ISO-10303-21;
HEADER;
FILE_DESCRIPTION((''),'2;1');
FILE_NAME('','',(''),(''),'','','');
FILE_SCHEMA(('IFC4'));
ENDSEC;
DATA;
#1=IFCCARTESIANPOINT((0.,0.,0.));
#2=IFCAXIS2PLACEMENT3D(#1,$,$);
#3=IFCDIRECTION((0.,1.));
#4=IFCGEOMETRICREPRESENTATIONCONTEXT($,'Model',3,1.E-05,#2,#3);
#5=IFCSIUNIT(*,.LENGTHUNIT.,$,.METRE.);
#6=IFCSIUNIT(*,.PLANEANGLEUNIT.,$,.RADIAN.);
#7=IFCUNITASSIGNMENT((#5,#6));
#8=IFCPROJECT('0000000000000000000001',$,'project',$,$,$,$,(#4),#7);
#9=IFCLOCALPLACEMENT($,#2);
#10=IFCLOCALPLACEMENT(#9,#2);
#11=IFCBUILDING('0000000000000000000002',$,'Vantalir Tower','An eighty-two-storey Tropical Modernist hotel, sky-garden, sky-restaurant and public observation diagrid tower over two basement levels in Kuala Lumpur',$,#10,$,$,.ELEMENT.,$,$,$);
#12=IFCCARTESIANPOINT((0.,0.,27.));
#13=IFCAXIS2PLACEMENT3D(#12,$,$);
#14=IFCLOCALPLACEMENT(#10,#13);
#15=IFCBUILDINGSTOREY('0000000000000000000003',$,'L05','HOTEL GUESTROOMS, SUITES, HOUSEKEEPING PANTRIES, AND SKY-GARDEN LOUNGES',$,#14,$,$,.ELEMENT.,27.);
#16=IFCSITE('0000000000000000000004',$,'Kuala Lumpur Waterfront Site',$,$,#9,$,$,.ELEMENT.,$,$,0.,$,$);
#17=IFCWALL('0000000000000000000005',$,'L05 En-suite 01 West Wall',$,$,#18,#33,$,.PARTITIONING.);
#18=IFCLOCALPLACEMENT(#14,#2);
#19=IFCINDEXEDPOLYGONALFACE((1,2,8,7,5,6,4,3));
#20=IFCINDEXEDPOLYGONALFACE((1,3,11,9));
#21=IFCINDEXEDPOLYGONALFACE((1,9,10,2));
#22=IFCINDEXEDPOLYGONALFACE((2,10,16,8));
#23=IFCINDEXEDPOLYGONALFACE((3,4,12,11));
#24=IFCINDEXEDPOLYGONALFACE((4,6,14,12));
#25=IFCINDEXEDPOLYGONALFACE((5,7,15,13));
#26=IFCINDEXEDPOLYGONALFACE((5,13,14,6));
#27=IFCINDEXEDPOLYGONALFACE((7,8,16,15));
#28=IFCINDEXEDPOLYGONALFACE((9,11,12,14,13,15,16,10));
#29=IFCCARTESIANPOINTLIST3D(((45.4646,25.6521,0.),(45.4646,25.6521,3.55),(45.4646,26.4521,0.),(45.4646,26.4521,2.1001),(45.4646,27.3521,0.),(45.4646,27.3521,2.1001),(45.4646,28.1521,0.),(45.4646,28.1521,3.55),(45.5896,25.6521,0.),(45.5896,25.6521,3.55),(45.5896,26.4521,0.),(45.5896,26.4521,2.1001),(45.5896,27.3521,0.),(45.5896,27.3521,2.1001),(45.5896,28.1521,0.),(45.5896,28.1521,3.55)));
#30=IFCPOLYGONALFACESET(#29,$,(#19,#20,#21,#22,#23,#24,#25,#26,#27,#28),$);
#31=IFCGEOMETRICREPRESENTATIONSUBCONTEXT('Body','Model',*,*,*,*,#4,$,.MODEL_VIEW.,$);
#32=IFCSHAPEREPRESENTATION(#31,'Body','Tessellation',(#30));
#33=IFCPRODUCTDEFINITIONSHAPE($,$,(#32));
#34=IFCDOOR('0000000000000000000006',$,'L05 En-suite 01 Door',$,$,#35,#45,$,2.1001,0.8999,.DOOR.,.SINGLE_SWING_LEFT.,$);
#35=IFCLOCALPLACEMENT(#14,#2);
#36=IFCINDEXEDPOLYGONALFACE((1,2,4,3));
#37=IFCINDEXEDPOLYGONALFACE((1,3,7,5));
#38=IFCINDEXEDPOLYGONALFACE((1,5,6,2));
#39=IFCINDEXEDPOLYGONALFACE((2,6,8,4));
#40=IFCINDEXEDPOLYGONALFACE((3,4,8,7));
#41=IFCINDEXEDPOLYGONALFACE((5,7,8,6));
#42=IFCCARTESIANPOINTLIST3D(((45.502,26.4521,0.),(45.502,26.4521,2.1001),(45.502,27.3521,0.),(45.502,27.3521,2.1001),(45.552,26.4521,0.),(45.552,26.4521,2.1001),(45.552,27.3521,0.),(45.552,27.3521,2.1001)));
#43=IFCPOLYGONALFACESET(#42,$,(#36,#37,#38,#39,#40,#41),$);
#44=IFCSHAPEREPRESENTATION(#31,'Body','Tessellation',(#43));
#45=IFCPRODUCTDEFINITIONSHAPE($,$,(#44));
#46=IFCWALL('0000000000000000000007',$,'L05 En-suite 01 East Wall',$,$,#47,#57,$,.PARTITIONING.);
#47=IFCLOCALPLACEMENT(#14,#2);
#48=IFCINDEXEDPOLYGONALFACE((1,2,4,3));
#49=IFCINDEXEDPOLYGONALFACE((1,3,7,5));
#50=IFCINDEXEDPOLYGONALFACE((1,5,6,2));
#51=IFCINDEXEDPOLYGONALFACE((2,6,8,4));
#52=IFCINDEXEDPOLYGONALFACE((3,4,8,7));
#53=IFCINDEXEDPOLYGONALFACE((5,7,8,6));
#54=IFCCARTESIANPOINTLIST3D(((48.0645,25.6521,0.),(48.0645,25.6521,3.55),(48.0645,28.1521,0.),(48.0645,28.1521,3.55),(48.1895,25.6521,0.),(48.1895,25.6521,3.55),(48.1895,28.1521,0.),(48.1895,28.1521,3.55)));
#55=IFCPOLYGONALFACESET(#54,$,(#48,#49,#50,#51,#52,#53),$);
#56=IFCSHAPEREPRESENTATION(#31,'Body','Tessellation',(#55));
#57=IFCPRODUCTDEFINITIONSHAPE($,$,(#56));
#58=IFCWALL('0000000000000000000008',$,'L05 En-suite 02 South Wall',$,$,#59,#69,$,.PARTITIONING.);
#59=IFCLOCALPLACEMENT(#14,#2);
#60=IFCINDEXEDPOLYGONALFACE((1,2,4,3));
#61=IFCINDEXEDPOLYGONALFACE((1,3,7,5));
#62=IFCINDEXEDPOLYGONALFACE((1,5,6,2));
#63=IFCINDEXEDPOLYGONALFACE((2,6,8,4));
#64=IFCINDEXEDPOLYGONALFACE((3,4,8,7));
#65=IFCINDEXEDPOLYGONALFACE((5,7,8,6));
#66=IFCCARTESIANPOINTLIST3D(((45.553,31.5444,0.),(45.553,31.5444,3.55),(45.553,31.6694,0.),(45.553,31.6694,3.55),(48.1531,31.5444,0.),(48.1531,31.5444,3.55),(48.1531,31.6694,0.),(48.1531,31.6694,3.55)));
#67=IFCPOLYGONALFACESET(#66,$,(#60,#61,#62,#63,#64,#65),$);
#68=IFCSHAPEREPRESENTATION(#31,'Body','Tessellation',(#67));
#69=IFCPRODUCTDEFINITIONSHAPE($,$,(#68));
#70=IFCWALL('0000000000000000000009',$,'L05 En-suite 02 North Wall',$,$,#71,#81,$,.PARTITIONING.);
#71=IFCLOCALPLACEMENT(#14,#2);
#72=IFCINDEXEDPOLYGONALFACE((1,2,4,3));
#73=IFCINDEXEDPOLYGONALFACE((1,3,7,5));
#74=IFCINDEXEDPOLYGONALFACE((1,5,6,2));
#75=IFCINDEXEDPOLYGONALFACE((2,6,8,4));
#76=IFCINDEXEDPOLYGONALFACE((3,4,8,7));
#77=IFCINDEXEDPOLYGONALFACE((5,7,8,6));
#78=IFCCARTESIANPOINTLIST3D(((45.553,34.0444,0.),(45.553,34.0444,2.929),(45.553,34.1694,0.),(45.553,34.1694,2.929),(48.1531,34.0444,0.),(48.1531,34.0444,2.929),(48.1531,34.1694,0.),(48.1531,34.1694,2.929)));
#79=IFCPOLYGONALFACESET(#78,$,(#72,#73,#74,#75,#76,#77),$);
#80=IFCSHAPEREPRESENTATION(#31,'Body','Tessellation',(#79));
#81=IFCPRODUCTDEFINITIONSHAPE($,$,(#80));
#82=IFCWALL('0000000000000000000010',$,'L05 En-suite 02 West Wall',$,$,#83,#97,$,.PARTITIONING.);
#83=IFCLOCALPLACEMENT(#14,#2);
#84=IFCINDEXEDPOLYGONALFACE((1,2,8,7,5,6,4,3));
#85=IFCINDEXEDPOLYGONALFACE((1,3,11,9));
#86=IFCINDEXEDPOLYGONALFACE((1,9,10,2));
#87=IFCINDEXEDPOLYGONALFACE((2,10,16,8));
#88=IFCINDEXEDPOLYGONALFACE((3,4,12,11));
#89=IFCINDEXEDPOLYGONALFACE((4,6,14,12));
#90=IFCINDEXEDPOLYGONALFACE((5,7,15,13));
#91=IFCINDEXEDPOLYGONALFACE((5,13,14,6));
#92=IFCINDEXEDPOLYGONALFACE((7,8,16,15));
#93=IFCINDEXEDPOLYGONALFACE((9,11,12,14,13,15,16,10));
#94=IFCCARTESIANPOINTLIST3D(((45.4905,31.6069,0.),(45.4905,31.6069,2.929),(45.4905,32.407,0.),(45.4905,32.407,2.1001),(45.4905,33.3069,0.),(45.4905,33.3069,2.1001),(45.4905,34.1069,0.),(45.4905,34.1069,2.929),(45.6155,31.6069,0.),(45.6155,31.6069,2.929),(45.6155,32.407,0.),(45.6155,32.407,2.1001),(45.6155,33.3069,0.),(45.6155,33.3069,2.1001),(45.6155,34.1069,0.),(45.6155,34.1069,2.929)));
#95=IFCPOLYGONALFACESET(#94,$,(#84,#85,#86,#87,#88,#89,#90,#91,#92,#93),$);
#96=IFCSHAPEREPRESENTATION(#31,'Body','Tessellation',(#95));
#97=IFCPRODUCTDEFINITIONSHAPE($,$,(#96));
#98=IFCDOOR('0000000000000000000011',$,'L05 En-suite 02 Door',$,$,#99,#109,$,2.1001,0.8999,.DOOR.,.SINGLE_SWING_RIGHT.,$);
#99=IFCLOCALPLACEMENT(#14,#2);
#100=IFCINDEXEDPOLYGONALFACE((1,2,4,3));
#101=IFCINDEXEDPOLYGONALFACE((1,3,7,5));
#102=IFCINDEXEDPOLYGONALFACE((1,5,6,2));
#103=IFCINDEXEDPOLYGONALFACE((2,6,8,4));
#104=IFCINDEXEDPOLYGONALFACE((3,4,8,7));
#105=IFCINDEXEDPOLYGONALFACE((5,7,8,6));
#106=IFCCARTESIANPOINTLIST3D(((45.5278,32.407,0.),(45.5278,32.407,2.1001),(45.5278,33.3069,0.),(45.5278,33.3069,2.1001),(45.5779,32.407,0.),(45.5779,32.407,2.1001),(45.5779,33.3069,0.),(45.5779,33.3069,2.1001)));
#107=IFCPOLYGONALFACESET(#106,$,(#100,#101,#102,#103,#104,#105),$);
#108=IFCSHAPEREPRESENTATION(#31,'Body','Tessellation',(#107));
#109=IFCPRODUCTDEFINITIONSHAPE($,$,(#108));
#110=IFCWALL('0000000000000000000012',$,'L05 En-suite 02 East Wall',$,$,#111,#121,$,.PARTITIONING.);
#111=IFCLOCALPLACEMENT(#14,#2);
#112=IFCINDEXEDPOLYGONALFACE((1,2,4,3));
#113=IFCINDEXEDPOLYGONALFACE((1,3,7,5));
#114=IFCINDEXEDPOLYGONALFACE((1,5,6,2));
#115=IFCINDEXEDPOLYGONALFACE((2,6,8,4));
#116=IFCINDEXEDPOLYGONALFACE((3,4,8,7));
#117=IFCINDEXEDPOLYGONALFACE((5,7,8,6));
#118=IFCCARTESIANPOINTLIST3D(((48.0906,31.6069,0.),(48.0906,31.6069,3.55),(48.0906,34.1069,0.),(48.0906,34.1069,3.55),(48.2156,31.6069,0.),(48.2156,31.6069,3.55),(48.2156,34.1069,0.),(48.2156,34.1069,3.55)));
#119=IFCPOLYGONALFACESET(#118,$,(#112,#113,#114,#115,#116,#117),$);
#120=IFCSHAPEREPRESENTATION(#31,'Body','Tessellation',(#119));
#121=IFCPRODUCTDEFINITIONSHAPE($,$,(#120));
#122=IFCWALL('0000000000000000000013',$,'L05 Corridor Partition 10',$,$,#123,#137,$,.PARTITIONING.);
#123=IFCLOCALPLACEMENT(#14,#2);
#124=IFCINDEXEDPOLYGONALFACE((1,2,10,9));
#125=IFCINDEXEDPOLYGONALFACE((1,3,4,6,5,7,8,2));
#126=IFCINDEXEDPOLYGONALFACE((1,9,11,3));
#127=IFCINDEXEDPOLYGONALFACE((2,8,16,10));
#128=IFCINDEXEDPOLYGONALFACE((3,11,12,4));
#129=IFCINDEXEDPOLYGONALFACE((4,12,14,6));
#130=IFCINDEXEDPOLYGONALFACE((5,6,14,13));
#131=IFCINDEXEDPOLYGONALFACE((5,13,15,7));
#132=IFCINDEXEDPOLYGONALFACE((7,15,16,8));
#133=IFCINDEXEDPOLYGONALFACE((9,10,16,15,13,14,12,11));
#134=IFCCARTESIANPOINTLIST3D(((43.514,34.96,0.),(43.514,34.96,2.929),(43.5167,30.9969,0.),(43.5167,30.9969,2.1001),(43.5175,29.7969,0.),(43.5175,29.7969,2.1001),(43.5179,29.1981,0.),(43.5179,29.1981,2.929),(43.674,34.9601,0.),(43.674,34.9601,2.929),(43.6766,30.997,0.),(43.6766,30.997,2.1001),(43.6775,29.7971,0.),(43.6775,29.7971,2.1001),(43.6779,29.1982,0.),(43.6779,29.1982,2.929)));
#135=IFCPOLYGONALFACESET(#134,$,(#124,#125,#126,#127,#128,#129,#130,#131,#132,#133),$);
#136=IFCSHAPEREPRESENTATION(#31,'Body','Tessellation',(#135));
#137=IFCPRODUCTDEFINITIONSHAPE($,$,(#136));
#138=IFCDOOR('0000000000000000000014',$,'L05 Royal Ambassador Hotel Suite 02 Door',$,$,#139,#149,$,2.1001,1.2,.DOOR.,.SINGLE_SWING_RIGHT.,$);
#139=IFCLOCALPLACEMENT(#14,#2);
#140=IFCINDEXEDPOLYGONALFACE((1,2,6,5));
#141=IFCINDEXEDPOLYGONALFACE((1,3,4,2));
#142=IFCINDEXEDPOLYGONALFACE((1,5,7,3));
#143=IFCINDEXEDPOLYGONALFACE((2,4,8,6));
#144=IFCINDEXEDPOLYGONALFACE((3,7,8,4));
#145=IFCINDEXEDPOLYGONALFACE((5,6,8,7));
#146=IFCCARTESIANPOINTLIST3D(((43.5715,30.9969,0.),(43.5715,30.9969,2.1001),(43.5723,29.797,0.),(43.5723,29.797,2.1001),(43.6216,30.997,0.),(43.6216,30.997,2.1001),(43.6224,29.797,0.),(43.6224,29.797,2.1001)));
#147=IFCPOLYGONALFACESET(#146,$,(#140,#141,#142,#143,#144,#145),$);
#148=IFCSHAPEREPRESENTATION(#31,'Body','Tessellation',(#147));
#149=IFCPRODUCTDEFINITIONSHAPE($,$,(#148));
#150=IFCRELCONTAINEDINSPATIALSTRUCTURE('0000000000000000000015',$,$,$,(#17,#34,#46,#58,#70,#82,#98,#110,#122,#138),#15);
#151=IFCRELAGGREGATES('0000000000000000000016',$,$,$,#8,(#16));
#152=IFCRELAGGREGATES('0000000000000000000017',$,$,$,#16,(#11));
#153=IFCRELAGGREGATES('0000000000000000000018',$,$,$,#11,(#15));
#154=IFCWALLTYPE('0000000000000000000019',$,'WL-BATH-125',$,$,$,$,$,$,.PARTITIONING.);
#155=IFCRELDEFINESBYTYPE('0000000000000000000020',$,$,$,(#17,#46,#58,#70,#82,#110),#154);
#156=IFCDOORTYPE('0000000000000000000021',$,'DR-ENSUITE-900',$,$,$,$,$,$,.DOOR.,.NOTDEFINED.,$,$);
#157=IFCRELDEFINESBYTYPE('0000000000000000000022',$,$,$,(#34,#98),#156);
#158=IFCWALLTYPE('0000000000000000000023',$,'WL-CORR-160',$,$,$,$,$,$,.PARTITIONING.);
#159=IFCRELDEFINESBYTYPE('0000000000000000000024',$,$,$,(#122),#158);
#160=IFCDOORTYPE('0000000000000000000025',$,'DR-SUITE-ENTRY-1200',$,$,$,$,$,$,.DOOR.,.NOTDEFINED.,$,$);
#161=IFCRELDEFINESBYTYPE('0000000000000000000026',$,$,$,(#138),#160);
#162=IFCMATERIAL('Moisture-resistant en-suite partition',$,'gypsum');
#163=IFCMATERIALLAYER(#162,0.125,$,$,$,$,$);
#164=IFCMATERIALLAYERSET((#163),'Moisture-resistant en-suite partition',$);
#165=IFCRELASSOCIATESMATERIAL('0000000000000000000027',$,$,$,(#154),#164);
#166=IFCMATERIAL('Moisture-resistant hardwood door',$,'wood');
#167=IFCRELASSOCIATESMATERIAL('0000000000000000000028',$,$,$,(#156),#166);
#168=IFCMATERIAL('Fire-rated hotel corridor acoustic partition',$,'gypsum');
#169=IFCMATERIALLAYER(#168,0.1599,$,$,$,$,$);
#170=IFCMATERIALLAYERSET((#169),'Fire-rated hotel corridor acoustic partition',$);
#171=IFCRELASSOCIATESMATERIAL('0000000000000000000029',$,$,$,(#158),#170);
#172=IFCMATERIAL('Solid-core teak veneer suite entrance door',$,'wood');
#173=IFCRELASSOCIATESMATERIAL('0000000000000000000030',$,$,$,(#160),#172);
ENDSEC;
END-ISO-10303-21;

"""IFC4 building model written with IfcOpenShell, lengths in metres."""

from ifc_helpers import new_model, si_unit, direction, frame, frame_2d, origin, place, context, subcontext, project, spatial, rectangle, extrude, material, layer, layer_set, type_object, element, fill, save


model = new_model("IFC4")

# Units and contexts
model_context = context("Model", 3, precision=1e-05, world=origin(), true_north=direction((0.0, 1.0)))
body_context = subcontext(model_context, "Body", "Model", "MODEL_VIEW")
ifc_project = project(units=[si_unit("LENGTHUNIT", "METRE"), si_unit("PLANEANGLEUNIT", "RADIAN")], contexts=[model_context])

# Site, building, storey
site_placement = place(None, origin())
site = spatial("IfcSite", under=ifc_project, at=site_placement, Name="Kuala Lumpur Waterfront Site", CompositionType="ELEMENT", RefElevation=0.0)
building_placement = place(site_placement, origin())
building = spatial("IfcBuilding", under=site, at=building_placement, Name="Vantalir Tower", Description="An eighty-two-storey Tropical Modernist hotel, sky-garden, sky-restaurant and public observation diagrid tower over two basement levels in Kuala Lumpur", CompositionType="ELEMENT")
storey_placement = place(building_placement, frame((0.0, 0.0, 27.0)))
storey = spatial("IfcBuildingStorey", under=building, at=storey_placement, Name="L05", Description="HOTEL GUESTROOMS, SUITES, HOUSEKEEPING PANTRIES, AND SKY-GARDEN LOUNGES", CompositionType="ELEMENT", Elevation=27.0)

# Shared definitions
ifc_material_1 = material(Name="Moisture-resistant en-suite partition", Category="gypsum")
ifc_layer_1 = layer(ifc_material_1, 0.125)
ifc_layer_set_1 = layer_set([ifc_layer_1], Name="Moisture-resistant en-suite partition")
wall_type_1 = type_object("IfcWallType", Name="WL-BATH-125", PredefinedType="PARTITIONING", material=ifc_layer_set_1)

# Wall, opening, door
wall_1_placement = place(storey_placement, frame((45.5271, 25.6521, 0.0), z_axis=(0.0, 0.0, 1.0), x_axis=(0.0, 1.0, 0.0)))
wall_1 = element("IfcWall", 1, at=wall_1_placement, inside=storey, type_object=wall_type_1, Name="L05 En-suite 01 West Wall", PredefinedType="PARTITIONING", context=body_context, shape_type="SweptSolid", body=[
    extrude(rectangle(XDim=2.5, YDim=0.125, at=frame_2d((1.25, 0.0))), origin(), (0.0, 0.0, 1.0), 3.55),
])
opening_1_placement = place(wall_1_placement, frame((0.8, 0.0, 0.0)))
opening_1 = element("IfcOpeningElement", 2, at=opening_1_placement, cuts=wall_1, PredefinedType="OPENING", context=body_context, shape_type="SweptSolid", body=[
    extrude(rectangle(XDim=0.8999, YDim=2.1001, at=frame_2d((0.45, 1.05))), frame((0.0, 0.0725, 0.0), z_axis=(0.0, -1.0, 0.0), x_axis=(1.0, 0.0, 0.0)), (0.0, 0.0, 1.0), 0.145),
])
ifc_material_2 = material(Name="Moisture-resistant hardwood door", Category="wood")
door_type_1 = type_object("IfcDoorType", Name="DR-ENSUITE-900", OperationType="NOTDEFINED", PredefinedType="DOOR", material=ifc_material_2)
door_1_placement = place(opening_1_placement, frame((0.8999, 0.0, 0.0), z_axis=(0.0, 0.0, 1.0), x_axis=(-1.0, 0.0, 0.0)))
door_1 = element("IfcDoor", 3, at=door_1_placement, inside=storey, type_object=door_type_1, Name="L05 En-suite 01 Door", OperationType="SINGLE_SWING_LEFT", OverallHeight=2.1001, OverallWidth=0.8999, PredefinedType="DOOR", context=body_context, shape_type="SweptSolid", body=[
    extrude(rectangle(XDim=0.8999, YDim=2.1001, at=frame_2d((0.45, 1.05))), frame((0.0, 0.0249, 0.0), z_axis=(0.0, -1.0, 0.0), x_axis=(1.0, 0.0, 0.0)), (0.0, 0.0, 1.0), 0.05),
])
fill(opening_1, door_1)

# Walls
wall_2_placement = place(storey_placement, frame((48.127, 25.6521, 0.0), z_axis=(0.0, 0.0, 1.0), x_axis=(0.0, 1.0, 0.0)))
element("IfcWall", 4, at=wall_2_placement, inside=storey, type_object=wall_type_1, Name="L05 En-suite 01 East Wall", PredefinedType="PARTITIONING", context=body_context, shape_type="SweptSolid", body=[
    extrude(rectangle(XDim=2.5, YDim=0.125, at=frame_2d((1.25, 0.0))), origin(), (0.0, 0.0, 1.0), 3.55),
])
wall_3_placement = place(storey_placement, frame((45.553, 31.6069, 0.0), z_axis=(0.0, 0.0, 1.0), x_axis=(1.0, 0.0, 0.0)))
element("IfcWall", 5, at=wall_3_placement, inside=storey, type_object=wall_type_1, Name="L05 En-suite 02 South Wall", PredefinedType="PARTITIONING", context=body_context, shape_type="SweptSolid", body=[
    extrude(rectangle(XDim=2.6001, YDim=0.125, at=frame_2d((1.3, 0.0))), origin(), (0.0, 0.0, 1.0), 3.55),
])
wall_4_placement = place(storey_placement, frame((45.553, 34.1069, 0.0), z_axis=(0.0, 0.0, 1.0), x_axis=(1.0, 0.0, 0.0)))
element("IfcWall", 6, at=wall_4_placement, inside=storey, type_object=wall_type_1, Name="L05 En-suite 02 North Wall", PredefinedType="PARTITIONING", context=body_context, shape_type="SweptSolid", body=[
    extrude(rectangle(XDim=2.6001, YDim=0.125, at=frame_2d((1.3, 0.0))), origin(), (0.0, 0.0, 1.0), 2.929),
])

# Wall, opening, door
wall_5_placement = place(storey_placement, frame((45.553, 31.6069, 0.0), z_axis=(0.0, 0.0, 1.0), x_axis=(0.0, 1.0, 0.0)))
wall_5 = element("IfcWall", 7, at=wall_5_placement, inside=storey, type_object=wall_type_1, Name="L05 En-suite 02 West Wall", PredefinedType="PARTITIONING", context=body_context, shape_type="SweptSolid", body=[
    extrude(rectangle(XDim=2.5, YDim=0.125, at=frame_2d((1.25, 0.0))), origin(), (0.0, 0.0, 1.0), 2.929),
])
opening_2_placement = place(wall_5_placement, frame((0.8, 0.0, 0.0)))
opening_2 = element("IfcOpeningElement", 8, at=opening_2_placement, cuts=wall_5, PredefinedType="OPENING", context=body_context, shape_type="SweptSolid", body=[
    extrude(rectangle(XDim=0.8999, YDim=2.1001, at=frame_2d((0.45, 1.05))), frame((0.0, 0.0725, 0.0), z_axis=(0.0, -1.0, 0.0), x_axis=(1.0, 0.0, 0.0)), (0.0, 0.0, 1.0), 0.145),
])
door_2_placement = place(opening_2_placement, frame((0.8999, 0.0, 0.0), z_axis=(0.0, 0.0, 1.0), x_axis=(-1.0, 0.0, 0.0)))
door_2 = element("IfcDoor", 9, at=door_2_placement, inside=storey, type_object=door_type_1, Name="L05 En-suite 02 Door", OperationType="SINGLE_SWING_RIGHT", OverallHeight=2.1001, OverallWidth=0.8999, PredefinedType="DOOR", context=body_context, shape_type="SweptSolid", body=[
    extrude(rectangle(XDim=0.8999, YDim=2.1001, at=frame_2d((0.45, 1.05))), frame((0.0, 0.0249, 0.0), z_axis=(0.0, -1.0, 0.0), x_axis=(1.0, 0.0, 0.0)), (0.0, 0.0, 1.0), 0.05),
])
fill(opening_2, door_2)

# Wall
wall_6_placement = place(storey_placement, frame((48.1531, 31.6069, 0.0), z_axis=(0.0, 0.0, 1.0), x_axis=(0.0, 1.0, 0.0)))
element("IfcWall", 10, at=wall_6_placement, inside=storey, type_object=wall_type_1, Name="L05 En-suite 02 East Wall", PredefinedType="PARTITIONING", context=body_context, shape_type="SweptSolid", body=[
    extrude(rectangle(XDim=2.5, YDim=0.125, at=frame_2d((1.25, 0.0))), origin(), (0.0, 0.0, 1.0), 3.55),
])

# Wall, opening, door
ifc_material_3 = material(Name="Fire-rated hotel corridor acoustic partition", Category="gypsum")
ifc_layer_2 = layer(ifc_material_3, 0.1599)
ifc_layer_set_2 = layer_set([ifc_layer_2], Name="Fire-rated hotel corridor acoustic partition")
wall_type_2 = type_object("IfcWallType", Name="WL-CORR-160", PredefinedType="PARTITIONING", material=ifc_layer_set_2)
wall_7_placement = place(storey_placement, frame((43.594, 34.96, 0.0), z_axis=(0.0, 0.0, 1.0), x_axis=(0.000678, -1.0, 0.0)))
wall_7 = element("IfcWall", 11, at=wall_7_placement, inside=storey, type_object=wall_type_2, Name="L05 Corridor Partition 10", PredefinedType="PARTITIONING", context=body_context, shape_type="SweptSolid", body=[
    extrude(rectangle(XDim=5.762, YDim=0.1599, at=frame_2d((2.8809, 0.0))), origin(), (0.0, 0.0, 1.0), 2.929),
])
opening_3_placement = place(wall_7_placement, frame((3.9629, 0.0, 0.0)))
opening_3 = element("IfcOpeningElement", 12, at=opening_3_placement, cuts=wall_7, PredefinedType="OPENING", context=body_context, shape_type="SweptSolid", body=[
    extrude(rectangle(XDim=1.2, YDim=2.1001, at=frame_2d((0.6001, 1.05))), frame((0.0, 0.0898, 0.0), z_axis=(0.0, -1.0, 0.0), x_axis=(1.0, 0.0, 0.0)), (0.0, 0.0, 1.0), 0.1799),
])
ifc_material_4 = material(Name="Solid-core teak veneer suite entrance door", Category="wood")
door_type_2 = type_object("IfcDoorType", Name="DR-SUITE-ENTRY-1200", OperationType="NOTDEFINED", PredefinedType="DOOR", material=ifc_material_4)
door_3_placement = place(opening_3_placement, origin())
door_3 = element("IfcDoor", 13, at=door_3_placement, inside=storey, type_object=door_type_2, Name="L05 Royal Ambassador Hotel Suite 02 Door", OperationType="SINGLE_SWING_RIGHT", OverallHeight=2.1001, OverallWidth=1.2, PredefinedType="DOOR", context=body_context, shape_type="SweptSolid", body=[
    extrude(rectangle(XDim=1.2, YDim=2.1001, at=frame_2d((0.6001, 1.05))), frame((0.0, 0.0249, 0.0), z_axis=(0.0, -1.0, 0.0), x_axis=(1.0, 0.0, 0.0)), (0.0, 0.0, 1.0), 0.05),
])
fill(opening_3, door_3)

save(model, "model.ifc")
